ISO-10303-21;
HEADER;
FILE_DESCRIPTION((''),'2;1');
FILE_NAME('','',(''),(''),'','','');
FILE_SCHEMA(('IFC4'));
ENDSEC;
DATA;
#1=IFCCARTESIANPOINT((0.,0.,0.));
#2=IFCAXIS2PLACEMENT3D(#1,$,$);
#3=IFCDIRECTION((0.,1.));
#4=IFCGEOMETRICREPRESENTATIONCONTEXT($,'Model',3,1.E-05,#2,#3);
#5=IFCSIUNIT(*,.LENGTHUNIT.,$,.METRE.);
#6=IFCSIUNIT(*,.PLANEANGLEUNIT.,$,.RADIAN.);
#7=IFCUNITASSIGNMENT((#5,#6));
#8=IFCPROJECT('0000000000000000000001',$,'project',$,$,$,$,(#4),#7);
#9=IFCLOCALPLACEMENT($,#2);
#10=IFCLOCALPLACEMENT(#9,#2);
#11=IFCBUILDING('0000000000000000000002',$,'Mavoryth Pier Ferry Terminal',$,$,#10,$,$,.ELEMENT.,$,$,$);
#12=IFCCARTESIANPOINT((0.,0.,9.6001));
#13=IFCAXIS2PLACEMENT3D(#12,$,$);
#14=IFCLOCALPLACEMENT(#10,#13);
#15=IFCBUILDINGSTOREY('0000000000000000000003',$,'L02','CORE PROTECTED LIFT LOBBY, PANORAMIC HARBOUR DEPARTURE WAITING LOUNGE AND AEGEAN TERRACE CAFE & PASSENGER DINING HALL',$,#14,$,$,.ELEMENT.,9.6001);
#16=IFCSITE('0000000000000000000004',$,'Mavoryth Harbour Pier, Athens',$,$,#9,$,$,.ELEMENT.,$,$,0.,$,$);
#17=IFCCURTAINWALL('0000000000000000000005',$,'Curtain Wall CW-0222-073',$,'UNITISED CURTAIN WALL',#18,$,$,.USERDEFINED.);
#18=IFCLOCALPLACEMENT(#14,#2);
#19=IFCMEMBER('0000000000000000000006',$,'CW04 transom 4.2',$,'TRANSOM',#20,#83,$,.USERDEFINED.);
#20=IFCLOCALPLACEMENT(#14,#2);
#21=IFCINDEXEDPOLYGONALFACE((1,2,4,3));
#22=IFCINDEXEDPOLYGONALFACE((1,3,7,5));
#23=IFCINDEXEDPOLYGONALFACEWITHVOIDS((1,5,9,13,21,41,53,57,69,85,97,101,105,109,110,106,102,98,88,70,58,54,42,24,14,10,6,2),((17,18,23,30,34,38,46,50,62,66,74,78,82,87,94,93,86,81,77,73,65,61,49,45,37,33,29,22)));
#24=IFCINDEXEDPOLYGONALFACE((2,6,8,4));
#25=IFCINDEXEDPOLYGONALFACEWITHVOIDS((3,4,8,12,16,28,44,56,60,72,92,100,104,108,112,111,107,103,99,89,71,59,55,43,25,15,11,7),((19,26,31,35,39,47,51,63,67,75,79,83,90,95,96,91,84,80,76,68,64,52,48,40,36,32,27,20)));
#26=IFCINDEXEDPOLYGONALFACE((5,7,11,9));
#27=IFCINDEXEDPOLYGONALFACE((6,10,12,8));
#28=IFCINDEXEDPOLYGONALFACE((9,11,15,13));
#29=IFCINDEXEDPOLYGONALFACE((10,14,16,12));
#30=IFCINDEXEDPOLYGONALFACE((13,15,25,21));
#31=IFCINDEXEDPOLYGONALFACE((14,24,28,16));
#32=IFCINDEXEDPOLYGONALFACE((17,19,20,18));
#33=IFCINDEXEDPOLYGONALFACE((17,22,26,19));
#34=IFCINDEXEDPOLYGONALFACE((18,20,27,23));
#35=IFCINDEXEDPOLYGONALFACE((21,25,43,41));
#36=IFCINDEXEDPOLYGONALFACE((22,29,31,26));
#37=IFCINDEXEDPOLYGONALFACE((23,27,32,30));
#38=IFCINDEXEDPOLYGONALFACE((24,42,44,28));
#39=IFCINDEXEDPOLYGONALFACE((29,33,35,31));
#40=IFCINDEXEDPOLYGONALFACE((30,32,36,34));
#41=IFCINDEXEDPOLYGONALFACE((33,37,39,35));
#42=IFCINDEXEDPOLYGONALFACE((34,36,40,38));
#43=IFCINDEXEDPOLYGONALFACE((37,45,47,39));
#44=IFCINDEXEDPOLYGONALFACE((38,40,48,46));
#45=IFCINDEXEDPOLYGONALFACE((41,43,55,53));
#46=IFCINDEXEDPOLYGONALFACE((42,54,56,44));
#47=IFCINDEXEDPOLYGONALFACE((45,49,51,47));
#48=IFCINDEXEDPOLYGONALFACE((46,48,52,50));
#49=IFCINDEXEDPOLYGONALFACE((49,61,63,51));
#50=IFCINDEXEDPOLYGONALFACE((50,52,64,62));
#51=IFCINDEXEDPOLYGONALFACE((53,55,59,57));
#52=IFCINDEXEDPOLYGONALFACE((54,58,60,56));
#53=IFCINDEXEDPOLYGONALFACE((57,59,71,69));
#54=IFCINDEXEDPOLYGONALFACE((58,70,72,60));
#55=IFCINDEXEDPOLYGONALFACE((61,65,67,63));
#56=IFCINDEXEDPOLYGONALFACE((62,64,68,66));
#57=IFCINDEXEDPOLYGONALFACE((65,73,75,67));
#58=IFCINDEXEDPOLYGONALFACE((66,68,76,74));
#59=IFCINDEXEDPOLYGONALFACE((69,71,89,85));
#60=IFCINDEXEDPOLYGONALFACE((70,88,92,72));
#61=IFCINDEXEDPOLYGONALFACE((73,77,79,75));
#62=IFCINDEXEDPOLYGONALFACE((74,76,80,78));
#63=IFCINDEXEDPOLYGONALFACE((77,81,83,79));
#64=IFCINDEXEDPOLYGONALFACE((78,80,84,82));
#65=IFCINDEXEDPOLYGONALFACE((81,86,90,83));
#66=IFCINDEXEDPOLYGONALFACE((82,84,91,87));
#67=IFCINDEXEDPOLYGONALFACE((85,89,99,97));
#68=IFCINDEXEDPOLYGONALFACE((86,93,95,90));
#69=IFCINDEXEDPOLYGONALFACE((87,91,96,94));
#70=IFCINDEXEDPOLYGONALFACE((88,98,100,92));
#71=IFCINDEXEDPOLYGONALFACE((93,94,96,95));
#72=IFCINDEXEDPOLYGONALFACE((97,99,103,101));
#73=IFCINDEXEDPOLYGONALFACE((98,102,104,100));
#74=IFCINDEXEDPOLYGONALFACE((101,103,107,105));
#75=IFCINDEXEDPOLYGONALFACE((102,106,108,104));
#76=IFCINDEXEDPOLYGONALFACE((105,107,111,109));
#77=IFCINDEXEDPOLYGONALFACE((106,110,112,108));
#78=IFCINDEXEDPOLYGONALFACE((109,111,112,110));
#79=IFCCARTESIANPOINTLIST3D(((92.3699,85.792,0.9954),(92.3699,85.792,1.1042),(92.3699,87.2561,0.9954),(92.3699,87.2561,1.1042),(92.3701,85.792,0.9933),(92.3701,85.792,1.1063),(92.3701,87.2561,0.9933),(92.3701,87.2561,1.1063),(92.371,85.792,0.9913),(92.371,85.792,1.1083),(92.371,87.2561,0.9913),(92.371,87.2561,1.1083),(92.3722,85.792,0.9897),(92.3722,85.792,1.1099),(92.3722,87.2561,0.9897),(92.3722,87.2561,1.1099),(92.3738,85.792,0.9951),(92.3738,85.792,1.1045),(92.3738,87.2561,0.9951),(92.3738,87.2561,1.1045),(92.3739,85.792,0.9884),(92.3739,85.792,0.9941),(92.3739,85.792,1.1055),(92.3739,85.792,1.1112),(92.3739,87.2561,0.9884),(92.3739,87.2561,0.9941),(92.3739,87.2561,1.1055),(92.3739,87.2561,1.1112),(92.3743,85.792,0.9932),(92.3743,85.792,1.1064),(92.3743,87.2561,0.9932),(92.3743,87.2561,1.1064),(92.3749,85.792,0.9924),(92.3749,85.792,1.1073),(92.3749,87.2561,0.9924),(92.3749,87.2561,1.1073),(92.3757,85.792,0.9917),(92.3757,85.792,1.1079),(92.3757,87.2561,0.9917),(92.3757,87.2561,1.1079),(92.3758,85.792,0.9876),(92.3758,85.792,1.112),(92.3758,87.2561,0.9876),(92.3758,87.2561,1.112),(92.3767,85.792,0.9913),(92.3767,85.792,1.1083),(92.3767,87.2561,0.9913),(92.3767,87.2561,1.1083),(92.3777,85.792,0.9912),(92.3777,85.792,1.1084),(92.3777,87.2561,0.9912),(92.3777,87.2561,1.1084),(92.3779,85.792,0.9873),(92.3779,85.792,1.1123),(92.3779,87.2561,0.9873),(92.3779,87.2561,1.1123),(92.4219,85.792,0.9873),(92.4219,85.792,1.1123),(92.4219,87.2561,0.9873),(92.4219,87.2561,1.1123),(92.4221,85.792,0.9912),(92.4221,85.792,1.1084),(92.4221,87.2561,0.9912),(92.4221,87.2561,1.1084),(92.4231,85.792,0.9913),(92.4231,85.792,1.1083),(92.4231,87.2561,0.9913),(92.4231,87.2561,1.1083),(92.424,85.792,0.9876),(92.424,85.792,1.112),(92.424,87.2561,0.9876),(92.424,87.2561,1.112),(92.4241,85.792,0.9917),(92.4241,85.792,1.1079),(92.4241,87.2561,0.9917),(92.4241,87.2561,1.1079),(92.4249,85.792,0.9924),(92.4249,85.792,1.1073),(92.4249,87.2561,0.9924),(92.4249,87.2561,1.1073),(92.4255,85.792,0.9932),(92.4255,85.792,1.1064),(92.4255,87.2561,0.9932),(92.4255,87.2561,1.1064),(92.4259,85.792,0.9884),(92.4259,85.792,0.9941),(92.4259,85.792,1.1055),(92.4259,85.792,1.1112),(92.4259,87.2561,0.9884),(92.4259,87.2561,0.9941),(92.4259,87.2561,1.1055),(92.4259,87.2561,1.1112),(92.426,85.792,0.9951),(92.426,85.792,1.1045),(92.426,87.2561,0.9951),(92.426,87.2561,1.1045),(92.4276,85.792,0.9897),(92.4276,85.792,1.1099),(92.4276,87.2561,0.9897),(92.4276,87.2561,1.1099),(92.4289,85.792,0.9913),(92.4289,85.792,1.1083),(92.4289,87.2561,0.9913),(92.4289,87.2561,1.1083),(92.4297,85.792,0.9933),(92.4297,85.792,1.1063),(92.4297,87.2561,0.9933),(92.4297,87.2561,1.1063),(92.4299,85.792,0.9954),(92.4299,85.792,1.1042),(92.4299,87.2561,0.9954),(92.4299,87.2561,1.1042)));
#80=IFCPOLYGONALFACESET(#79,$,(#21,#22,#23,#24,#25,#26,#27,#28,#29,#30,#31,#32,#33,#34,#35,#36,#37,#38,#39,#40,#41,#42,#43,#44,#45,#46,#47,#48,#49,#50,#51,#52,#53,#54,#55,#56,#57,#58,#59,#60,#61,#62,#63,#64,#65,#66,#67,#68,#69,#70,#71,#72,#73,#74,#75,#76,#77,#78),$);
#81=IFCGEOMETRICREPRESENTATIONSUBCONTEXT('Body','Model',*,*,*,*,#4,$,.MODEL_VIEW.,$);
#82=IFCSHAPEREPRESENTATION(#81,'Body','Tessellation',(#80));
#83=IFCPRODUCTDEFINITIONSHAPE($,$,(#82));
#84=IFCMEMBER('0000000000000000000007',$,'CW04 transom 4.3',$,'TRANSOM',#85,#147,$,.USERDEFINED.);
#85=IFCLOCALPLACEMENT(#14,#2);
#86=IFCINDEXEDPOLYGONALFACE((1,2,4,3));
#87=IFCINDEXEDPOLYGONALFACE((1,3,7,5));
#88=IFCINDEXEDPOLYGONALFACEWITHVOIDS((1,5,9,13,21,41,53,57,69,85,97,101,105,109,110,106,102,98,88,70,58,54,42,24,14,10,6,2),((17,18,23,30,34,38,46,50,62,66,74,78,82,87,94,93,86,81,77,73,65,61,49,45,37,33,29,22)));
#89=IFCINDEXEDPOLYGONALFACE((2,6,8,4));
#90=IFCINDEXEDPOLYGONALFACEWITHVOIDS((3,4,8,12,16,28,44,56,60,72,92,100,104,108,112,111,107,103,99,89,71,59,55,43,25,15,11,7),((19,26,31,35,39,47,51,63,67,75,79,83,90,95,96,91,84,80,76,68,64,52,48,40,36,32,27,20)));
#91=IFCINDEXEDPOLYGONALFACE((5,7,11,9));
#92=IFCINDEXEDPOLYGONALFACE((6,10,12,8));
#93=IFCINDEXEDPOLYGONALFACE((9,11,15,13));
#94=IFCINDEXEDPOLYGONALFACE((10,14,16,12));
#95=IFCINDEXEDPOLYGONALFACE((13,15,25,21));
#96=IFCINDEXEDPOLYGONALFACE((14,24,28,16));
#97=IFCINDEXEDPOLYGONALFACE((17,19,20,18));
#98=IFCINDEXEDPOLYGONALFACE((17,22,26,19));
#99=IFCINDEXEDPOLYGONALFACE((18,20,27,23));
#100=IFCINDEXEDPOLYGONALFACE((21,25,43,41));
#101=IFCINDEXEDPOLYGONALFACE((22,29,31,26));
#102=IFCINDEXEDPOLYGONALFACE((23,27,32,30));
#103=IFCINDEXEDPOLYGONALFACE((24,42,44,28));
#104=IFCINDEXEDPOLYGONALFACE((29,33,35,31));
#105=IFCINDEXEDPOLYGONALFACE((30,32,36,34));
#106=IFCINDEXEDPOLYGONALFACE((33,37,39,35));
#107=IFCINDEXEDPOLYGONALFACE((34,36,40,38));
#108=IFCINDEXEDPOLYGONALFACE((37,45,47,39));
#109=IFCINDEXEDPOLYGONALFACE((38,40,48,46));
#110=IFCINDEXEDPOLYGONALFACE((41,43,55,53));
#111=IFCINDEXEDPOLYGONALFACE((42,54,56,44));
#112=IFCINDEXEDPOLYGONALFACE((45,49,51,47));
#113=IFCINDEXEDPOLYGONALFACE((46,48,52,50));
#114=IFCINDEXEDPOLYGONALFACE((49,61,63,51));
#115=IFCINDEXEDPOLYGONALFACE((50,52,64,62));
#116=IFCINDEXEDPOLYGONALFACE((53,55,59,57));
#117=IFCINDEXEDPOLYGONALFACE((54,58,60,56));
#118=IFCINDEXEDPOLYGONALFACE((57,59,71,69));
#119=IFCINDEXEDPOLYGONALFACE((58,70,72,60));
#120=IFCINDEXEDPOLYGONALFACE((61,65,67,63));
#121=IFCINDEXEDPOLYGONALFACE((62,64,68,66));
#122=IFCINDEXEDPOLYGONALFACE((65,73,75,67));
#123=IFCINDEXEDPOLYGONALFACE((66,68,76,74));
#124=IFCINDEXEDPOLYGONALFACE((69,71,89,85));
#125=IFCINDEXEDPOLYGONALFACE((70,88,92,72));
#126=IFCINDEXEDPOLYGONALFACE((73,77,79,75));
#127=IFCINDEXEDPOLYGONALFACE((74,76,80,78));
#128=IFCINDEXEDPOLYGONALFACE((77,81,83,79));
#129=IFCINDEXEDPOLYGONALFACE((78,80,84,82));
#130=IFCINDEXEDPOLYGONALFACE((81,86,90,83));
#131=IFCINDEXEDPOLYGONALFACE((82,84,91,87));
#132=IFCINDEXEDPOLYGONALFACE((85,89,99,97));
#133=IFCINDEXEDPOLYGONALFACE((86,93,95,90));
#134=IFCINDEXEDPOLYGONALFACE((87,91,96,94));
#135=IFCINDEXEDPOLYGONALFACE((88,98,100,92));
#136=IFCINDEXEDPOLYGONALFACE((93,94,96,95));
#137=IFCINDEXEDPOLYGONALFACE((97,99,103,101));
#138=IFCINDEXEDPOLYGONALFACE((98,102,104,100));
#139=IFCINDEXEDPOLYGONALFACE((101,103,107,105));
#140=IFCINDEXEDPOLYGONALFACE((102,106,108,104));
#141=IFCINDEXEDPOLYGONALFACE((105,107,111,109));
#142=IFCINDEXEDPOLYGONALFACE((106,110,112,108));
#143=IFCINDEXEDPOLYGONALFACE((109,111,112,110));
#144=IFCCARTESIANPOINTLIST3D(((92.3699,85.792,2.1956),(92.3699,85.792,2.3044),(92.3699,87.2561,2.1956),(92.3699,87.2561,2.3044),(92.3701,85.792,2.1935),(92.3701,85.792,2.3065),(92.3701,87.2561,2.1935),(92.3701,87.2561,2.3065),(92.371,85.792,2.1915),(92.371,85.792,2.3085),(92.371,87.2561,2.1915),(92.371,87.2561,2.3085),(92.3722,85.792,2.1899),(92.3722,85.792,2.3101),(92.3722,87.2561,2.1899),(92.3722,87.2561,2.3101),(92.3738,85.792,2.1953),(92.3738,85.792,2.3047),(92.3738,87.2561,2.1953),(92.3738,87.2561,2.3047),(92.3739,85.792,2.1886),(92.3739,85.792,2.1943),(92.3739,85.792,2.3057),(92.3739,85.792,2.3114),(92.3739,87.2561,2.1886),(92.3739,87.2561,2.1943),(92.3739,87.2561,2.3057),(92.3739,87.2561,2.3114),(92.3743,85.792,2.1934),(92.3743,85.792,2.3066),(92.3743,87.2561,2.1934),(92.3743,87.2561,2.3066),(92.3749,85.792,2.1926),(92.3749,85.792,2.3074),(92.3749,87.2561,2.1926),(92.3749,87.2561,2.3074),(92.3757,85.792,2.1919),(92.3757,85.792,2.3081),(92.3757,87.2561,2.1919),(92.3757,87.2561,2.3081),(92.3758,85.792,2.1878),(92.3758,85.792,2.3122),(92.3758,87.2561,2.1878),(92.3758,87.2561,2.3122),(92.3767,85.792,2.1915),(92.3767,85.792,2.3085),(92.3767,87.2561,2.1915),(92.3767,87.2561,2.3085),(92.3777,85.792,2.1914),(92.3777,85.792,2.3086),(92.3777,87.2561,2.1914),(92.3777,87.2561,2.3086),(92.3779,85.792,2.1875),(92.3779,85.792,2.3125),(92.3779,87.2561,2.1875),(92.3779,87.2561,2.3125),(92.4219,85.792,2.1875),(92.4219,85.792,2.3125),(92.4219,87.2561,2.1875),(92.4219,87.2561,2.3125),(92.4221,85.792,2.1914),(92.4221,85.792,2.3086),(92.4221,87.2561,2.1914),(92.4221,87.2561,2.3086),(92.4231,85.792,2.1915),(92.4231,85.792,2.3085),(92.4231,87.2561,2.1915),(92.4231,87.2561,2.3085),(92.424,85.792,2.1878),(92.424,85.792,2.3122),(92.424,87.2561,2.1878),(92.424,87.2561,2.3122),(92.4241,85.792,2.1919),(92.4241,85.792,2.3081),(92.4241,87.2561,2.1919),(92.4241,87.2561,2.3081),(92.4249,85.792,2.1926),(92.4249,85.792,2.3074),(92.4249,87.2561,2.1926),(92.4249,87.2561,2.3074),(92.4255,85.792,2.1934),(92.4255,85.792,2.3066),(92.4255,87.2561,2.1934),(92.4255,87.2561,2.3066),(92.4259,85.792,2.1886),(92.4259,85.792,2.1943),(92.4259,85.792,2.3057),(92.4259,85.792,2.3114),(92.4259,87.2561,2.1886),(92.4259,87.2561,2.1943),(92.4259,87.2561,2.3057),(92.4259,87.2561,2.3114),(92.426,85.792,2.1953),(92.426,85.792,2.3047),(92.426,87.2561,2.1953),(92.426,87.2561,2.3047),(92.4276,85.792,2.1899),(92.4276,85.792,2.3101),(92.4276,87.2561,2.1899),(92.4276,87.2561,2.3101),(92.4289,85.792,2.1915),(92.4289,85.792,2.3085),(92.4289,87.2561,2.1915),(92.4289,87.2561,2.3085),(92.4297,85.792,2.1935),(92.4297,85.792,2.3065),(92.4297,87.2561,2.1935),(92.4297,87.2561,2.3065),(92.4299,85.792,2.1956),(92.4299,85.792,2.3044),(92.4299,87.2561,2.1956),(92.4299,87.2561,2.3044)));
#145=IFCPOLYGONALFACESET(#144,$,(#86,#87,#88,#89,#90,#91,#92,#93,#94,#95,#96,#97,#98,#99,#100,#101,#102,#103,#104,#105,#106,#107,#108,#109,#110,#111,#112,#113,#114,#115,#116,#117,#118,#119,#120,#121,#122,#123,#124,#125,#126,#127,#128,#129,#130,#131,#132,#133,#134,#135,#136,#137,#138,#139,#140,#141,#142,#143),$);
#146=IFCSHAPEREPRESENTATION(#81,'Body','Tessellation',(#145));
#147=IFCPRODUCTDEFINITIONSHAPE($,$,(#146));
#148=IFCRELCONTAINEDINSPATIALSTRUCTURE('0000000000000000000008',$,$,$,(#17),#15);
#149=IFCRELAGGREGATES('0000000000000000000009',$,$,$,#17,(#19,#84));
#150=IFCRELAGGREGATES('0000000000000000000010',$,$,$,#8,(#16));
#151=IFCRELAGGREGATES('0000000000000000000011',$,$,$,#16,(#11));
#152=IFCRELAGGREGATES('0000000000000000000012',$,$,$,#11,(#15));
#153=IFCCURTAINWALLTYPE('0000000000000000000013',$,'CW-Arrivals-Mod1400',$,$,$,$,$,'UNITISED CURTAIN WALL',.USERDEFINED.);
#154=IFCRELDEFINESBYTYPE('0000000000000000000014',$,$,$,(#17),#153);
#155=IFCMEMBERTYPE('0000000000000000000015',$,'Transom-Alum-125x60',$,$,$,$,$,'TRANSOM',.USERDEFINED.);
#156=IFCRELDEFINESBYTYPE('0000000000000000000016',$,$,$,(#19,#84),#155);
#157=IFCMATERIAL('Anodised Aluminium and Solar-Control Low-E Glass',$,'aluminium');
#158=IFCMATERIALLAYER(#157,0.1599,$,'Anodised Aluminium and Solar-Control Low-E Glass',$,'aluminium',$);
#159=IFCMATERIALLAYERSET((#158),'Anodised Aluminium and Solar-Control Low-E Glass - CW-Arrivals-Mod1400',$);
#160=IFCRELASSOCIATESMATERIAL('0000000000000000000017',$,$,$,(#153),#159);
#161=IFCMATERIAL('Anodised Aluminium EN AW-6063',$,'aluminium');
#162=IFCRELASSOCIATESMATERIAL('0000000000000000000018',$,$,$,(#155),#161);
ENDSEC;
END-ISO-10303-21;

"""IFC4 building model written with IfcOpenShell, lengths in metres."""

from ifc_helpers import new_model, si_unit, direction, frame, origin, origin_2d, place, context, subcontext, project, spatial, hollow_rectangle, extrude, material, layer, layer_set, material_profile, profile_set, type_object, element, aggregate, save


model = new_model("IFC4")

# Units and contexts
model_context = context("Model", 3, precision=1e-05, world=origin(), true_north=direction((0.0, 1.0)))
body_context = subcontext(model_context, "Body", "Model", "MODEL_VIEW")
ifc_project = project(units=[si_unit("LENGTHUNIT", "METRE"), si_unit("PLANEANGLEUNIT", "RADIAN")], contexts=[model_context])

# Site, building, storey
site_placement = place(None, origin())
site = spatial("IfcSite", under=ifc_project, at=site_placement, Name="Mavoryth Harbour Pier, Athens", CompositionType="ELEMENT", RefElevation=0.0)
building_placement = place(site_placement, origin())
building = spatial("IfcBuilding", under=site, at=building_placement, Name="Mavoryth Pier Ferry Terminal", CompositionType="ELEMENT")
storey_placement = place(building_placement, frame((0.0, 0.0, 9.6001)))
storey = spatial("IfcBuildingStorey", under=building, at=storey_placement, Name="L02", Description="CORE PROTECTED LIFT LOBBY, PANORAMIC HARBOUR DEPARTURE WAITING LOUNGE AND AEGEAN TERRACE CAFE & PASSENGER DINING HALL", CompositionType="ELEMENT", Elevation=9.6001)

# Curtain wall, members
ifc_material_1 = material(Name="Anodised Aluminium and Solar-Control Low-E Glass", Category="aluminium")
ifc_layer_1 = layer(ifc_material_1, 0.1599, Name="Anodised Aluminium and Solar-Control Low-E Glass", Category="aluminium")
ifc_layer_set_1 = layer_set([ifc_layer_1], Name="Anodised Aluminium and Solar-Control Low-E Glass - CW-Arrivals-Mod1400")
curtain_wall_type = type_object("IfcCurtainWallType", Name="CW-Arrivals-Mod1400", ElementType="UNITISED CURTAIN WALL", PredefinedType="USERDEFINED", material=ifc_layer_set_1)
curtain_wall_placement = place(storey_placement, origin())
curtain_wall = element("IfcCurtainWall", 1, at=curtain_wall_placement, inside=storey, type_object=curtain_wall_type, Name="Curtain Wall CW-0222-073", ObjectType="UNITISED CURTAIN WALL", PredefinedType="USERDEFINED")
ifc_material_2 = material(Name="Anodised Aluminium EN AW-6063", Category="aluminium")
ifc_material_profile_1 = material_profile(ifc_material_2, hollow_rectangle(XDim=0.0601, YDim=0.125, WallThickness=0.0039, InnerFilletRadius=0.0039, OuterFilletRadius=0.0081, at=origin_2d()), Name="AL-TRAN 125x60x4", Category="aluminium")
ifc_profile_set_1 = profile_set([ifc_material_profile_1], Name="Anodised Aluminium EN AW-6063 - AL-TRAN 125x60x4")
member_type_1 = type_object("IfcMemberType", Name="Transom-Alum-125x60", ElementType="TRANSOM", PredefinedType="USERDEFINED", material=ifc_profile_set_1)
member_1_placement = place(storey_placement, frame((92.3999, 85.792, 1.0498), z_axis=(0.0, 1.0, 0.0), x_axis=(-1.0, 0.0, 0.0)))
member_1 = element("IfcMember", 2, at=member_1_placement, type_object=member_type_1, Name="CW04 transom 4.2", ObjectType="TRANSOM", PredefinedType="USERDEFINED", context=body_context, shape_type="SweptSolid", body=[
    extrude(hollow_rectangle(XDim=0.0601, YDim=0.125, WallThickness=0.0039, InnerFilletRadius=0.0039, OuterFilletRadius=0.0081, at=origin_2d()), origin(), (0.0, 0.0, 1.0), 1.4641),
])
member_2_placement = place(storey_placement, frame((92.3999, 85.792, 2.25), z_axis=(0.0, 1.0, 0.0), x_axis=(-1.0, 0.0, 0.0)))
member_2 = element("IfcMember", 3, at=member_2_placement, type_object=member_type_1, Name="CW04 transom 4.3", ObjectType="TRANSOM", PredefinedType="USERDEFINED", context=body_context, shape_type="SweptSolid", body=[
    extrude(hollow_rectangle(XDim=0.0601, YDim=0.125, WallThickness=0.0039, InnerFilletRadius=0.0039, OuterFilletRadius=0.0081, at=origin_2d()), origin(), (0.0, 0.0, 1.0), 1.4641),
])
aggregate(curtain_wall, [member_1, member_2])

save(model, "model.ifc")
